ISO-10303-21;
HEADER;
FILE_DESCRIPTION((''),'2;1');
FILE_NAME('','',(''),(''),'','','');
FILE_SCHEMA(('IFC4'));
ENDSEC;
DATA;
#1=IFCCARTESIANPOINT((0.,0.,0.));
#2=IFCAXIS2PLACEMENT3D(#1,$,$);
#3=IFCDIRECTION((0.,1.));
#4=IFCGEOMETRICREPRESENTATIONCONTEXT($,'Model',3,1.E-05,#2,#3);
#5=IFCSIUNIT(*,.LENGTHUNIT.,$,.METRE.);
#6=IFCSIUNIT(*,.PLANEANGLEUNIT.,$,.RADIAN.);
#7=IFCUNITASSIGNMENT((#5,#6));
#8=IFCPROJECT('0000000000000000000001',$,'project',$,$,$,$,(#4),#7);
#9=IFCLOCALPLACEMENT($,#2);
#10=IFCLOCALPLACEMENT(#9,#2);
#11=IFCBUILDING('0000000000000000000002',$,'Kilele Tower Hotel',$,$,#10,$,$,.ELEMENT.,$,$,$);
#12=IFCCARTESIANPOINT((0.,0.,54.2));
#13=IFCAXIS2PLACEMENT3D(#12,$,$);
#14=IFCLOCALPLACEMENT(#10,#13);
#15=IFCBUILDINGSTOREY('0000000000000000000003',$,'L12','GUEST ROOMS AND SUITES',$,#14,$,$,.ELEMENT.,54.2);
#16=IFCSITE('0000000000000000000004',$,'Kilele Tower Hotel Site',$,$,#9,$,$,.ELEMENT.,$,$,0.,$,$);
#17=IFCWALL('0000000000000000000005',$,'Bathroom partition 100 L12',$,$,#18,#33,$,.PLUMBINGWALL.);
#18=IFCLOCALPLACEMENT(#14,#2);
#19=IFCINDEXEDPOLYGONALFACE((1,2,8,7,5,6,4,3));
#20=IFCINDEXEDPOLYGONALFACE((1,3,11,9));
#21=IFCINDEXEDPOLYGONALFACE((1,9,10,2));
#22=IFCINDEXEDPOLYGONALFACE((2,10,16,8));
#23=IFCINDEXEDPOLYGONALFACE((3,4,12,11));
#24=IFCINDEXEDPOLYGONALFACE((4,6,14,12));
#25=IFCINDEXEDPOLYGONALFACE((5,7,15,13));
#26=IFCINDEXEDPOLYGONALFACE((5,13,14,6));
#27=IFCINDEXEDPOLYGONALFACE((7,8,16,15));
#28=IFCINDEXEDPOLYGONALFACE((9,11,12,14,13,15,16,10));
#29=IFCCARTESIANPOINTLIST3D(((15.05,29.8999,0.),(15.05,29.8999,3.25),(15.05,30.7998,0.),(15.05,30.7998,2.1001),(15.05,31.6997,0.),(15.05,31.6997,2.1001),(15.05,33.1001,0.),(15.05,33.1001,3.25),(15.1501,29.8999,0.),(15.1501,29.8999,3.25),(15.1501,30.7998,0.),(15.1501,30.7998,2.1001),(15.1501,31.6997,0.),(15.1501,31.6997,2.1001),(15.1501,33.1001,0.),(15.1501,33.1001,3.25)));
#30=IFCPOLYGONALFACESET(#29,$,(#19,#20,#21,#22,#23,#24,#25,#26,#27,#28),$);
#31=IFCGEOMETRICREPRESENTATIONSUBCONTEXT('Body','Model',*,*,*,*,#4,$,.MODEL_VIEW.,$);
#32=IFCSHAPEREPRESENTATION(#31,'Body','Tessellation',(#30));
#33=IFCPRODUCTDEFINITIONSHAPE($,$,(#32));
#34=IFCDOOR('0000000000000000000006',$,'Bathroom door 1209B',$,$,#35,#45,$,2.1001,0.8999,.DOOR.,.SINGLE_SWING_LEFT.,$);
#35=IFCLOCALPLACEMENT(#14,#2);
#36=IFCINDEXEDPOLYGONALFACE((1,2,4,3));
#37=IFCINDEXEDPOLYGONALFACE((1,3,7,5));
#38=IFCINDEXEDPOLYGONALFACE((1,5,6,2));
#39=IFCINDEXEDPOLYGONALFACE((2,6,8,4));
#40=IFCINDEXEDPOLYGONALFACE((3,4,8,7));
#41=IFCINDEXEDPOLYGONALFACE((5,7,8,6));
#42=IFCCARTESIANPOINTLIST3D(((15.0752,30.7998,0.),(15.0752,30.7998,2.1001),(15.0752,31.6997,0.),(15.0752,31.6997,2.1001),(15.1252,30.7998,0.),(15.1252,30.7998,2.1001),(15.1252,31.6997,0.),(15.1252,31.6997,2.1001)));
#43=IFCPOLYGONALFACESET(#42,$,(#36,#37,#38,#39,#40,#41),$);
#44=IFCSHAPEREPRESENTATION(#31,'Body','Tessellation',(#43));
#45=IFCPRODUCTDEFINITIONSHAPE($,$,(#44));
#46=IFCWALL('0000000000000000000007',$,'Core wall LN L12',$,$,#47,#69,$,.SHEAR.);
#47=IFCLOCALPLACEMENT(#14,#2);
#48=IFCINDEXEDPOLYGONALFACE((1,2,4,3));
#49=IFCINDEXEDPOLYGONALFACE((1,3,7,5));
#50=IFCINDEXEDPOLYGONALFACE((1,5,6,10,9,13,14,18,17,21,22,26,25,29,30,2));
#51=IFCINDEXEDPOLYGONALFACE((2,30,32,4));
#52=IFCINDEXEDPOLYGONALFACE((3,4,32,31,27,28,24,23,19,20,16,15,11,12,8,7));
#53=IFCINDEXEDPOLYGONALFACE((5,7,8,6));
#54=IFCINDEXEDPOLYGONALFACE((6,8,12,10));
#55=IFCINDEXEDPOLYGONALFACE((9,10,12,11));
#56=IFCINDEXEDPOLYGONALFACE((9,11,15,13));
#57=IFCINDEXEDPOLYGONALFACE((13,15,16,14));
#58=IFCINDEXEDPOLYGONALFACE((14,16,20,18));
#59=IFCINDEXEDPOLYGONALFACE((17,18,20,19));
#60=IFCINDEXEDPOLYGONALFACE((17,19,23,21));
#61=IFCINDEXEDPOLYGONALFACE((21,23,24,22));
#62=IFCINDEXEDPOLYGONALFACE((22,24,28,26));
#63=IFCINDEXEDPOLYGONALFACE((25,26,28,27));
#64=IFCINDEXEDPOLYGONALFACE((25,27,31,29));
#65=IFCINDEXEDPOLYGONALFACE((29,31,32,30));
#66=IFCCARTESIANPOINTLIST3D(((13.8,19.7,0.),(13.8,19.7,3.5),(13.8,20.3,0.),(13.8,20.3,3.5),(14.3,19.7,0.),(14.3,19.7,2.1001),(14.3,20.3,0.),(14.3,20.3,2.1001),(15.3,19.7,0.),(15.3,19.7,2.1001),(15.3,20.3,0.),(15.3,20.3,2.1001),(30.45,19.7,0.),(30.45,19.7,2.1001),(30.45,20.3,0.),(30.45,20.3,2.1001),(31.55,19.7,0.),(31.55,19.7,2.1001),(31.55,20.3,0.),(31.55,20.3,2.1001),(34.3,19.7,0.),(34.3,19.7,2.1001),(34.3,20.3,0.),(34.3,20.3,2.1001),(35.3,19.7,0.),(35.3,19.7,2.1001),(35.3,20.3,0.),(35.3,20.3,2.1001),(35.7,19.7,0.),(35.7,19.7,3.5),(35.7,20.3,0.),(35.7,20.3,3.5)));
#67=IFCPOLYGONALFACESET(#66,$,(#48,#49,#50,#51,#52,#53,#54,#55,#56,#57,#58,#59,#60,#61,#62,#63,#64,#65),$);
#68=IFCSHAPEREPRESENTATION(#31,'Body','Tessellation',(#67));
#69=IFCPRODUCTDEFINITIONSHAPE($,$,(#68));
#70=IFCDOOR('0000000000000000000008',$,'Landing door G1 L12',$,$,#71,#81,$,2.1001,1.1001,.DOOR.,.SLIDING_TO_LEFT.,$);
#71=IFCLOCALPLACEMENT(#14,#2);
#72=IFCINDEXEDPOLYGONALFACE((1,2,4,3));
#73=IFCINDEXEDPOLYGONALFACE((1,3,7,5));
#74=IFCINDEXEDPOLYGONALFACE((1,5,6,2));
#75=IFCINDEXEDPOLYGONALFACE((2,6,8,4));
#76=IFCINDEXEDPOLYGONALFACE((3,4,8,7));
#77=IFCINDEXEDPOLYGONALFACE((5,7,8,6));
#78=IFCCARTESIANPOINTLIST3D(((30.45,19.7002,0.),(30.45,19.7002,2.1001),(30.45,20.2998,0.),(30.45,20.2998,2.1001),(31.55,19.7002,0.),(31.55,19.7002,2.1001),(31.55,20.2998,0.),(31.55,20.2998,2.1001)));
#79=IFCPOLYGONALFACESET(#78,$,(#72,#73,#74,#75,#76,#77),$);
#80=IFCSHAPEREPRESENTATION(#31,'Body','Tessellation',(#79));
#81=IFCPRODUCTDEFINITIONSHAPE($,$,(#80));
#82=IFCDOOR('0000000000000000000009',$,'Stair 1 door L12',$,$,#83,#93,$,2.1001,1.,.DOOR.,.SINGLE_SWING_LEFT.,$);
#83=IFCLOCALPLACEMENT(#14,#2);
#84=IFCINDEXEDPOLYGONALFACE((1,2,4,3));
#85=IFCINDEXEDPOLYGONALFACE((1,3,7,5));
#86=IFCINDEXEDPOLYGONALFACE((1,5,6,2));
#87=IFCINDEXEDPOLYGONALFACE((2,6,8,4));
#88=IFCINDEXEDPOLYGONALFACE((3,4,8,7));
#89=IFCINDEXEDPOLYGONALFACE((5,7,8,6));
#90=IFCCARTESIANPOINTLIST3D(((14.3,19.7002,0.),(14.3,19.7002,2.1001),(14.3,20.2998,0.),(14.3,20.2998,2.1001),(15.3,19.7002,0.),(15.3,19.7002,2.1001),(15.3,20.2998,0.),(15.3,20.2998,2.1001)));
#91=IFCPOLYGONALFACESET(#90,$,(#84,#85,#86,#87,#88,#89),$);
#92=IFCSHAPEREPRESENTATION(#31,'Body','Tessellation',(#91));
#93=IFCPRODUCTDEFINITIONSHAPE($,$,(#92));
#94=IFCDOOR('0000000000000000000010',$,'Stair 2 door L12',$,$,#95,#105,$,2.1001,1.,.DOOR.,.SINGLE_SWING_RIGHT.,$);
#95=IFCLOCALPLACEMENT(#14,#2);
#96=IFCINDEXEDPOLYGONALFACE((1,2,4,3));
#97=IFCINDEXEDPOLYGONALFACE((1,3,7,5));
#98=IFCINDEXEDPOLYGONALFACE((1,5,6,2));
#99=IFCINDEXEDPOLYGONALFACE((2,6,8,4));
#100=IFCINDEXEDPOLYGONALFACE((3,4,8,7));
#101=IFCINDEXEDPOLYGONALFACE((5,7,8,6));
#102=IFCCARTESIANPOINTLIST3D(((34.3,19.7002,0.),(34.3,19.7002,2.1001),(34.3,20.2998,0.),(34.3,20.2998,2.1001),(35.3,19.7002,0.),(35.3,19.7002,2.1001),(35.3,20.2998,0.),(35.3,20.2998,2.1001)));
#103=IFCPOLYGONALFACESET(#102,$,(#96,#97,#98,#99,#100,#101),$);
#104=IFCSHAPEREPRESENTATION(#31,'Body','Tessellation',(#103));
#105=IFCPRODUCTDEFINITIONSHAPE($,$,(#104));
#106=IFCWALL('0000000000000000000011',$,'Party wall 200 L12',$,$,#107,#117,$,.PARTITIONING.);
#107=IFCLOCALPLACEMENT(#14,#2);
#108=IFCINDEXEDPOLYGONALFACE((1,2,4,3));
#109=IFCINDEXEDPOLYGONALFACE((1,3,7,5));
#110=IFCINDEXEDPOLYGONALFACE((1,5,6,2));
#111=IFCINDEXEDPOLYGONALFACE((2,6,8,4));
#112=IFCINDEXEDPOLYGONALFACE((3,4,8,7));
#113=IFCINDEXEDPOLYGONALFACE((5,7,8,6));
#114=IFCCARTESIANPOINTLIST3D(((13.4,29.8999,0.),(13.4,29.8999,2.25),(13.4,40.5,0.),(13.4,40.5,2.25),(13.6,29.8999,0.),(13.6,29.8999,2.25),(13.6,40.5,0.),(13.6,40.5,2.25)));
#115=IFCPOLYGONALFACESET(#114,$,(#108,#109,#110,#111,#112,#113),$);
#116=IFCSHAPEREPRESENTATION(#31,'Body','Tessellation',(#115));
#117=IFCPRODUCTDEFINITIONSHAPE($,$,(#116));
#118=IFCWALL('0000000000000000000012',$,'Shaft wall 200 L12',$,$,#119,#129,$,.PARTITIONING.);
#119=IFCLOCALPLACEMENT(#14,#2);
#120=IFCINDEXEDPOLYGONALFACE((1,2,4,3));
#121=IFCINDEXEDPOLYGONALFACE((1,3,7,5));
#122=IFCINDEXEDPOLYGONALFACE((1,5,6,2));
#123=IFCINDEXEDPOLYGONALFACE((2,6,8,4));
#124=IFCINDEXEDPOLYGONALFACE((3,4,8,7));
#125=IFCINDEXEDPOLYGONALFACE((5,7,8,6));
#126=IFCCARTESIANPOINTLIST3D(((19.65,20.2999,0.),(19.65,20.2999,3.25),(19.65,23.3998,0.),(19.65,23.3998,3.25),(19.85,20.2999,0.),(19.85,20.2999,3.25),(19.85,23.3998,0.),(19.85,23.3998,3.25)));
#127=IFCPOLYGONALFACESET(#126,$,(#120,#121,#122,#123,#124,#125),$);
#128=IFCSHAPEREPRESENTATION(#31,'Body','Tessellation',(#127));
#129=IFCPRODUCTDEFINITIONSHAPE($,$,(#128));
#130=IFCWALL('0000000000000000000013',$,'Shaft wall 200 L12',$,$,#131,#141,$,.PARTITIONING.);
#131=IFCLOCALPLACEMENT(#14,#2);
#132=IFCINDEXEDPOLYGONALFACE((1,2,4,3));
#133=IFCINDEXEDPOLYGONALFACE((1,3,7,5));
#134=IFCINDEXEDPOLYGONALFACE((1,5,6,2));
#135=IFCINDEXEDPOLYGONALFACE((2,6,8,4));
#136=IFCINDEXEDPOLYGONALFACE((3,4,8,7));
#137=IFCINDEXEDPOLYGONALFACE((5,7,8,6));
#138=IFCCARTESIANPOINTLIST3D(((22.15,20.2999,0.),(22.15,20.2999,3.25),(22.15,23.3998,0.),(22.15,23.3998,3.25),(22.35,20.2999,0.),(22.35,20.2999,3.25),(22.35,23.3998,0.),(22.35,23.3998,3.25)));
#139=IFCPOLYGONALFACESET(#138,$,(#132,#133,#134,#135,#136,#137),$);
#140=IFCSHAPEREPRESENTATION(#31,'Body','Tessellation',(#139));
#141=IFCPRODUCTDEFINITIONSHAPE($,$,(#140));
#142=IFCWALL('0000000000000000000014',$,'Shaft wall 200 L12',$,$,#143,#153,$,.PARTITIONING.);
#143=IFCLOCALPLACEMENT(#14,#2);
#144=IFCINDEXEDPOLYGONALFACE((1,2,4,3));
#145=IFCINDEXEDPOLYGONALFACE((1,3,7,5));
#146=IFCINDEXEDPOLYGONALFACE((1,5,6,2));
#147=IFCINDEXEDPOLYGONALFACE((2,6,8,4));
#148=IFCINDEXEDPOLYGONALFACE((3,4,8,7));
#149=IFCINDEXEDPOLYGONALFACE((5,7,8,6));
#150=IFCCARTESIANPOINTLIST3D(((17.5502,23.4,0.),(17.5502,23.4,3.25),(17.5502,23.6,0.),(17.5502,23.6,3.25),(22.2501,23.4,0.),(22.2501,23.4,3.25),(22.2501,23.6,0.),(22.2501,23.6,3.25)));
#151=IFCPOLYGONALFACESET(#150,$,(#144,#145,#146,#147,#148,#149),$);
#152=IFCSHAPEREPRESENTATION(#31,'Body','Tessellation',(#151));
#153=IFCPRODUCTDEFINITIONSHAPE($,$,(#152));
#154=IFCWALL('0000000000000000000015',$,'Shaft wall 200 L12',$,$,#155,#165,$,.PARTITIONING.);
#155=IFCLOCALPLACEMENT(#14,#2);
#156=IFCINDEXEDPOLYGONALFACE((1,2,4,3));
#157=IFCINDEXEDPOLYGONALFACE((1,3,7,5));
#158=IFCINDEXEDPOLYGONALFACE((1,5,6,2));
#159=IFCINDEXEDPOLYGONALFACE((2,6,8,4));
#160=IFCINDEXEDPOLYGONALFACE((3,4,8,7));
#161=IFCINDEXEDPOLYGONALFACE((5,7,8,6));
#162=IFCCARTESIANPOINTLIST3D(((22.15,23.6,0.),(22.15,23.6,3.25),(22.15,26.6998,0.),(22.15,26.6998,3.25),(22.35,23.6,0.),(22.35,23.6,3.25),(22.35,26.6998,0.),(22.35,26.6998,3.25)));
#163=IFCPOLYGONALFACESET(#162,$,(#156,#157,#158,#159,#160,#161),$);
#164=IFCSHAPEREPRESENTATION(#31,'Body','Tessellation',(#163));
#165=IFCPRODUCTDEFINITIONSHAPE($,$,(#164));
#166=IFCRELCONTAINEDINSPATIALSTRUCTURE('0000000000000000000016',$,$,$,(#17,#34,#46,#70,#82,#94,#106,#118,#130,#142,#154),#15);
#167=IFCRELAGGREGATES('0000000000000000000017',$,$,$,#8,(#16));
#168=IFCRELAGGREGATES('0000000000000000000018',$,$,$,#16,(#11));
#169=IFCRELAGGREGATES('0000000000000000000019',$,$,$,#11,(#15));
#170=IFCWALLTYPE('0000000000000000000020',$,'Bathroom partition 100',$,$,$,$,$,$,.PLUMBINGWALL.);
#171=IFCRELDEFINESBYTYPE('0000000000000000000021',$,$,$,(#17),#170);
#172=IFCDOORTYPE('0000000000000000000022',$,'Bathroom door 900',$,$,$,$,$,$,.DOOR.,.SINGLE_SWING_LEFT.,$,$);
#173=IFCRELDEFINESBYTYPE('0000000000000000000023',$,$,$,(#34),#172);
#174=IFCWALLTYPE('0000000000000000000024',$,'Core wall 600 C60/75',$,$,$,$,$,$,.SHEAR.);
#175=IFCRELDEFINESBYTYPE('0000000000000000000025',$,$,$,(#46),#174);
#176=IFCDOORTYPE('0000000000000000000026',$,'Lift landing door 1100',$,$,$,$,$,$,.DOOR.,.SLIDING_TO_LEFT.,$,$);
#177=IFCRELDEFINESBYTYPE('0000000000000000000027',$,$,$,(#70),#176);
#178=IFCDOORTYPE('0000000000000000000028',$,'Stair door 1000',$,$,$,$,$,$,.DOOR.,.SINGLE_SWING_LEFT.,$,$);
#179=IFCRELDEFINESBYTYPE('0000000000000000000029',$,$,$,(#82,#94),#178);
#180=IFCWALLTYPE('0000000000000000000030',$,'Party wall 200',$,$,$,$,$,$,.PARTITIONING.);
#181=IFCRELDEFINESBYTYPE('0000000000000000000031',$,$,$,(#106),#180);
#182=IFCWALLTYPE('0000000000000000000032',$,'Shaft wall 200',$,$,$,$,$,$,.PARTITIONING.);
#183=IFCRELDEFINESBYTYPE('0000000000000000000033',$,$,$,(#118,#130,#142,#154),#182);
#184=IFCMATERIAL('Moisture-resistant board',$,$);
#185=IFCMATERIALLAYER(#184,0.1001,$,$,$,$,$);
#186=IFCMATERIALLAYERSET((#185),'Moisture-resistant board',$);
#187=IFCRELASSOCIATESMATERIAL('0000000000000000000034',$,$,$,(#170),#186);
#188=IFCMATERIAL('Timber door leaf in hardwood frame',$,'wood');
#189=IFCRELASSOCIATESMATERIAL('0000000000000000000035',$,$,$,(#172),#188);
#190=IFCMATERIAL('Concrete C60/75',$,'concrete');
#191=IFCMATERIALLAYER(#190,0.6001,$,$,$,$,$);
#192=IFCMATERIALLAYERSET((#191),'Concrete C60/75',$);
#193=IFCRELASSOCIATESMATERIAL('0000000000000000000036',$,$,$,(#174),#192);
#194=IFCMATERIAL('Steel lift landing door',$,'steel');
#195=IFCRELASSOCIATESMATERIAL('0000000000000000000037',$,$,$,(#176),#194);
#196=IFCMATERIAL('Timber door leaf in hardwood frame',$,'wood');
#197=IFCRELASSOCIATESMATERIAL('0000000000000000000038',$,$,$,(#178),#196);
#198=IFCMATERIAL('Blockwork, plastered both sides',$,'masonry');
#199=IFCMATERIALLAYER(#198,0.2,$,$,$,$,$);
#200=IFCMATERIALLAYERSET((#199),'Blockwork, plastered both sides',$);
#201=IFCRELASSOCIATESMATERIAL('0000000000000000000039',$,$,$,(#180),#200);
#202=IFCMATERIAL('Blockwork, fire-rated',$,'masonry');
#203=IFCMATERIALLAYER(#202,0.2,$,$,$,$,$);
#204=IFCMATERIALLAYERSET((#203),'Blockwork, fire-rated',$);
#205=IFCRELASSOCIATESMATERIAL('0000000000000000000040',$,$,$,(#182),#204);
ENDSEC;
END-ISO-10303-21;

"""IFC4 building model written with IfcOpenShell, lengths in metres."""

from ifc_helpers import new_model, si_unit, direction, frame, frame_2d, origin, place, context, subcontext, project, spatial, rectangle, extrude, material, layer, layer_set, type_object, element, fill, save


model = new_model("IFC4")

# Units and contexts
model_context = context("Model", 3, precision=1e-05, world=origin(), true_north=direction((0.0, 1.0)))
body_context = subcontext(model_context, "Body", "Model", "MODEL_VIEW")
ifc_project = project(units=[si_unit("LENGTHUNIT", "METRE"), si_unit("PLANEANGLEUNIT", "RADIAN")], contexts=[model_context])

# Site, building, storey
site_placement = place(None, origin())
site = spatial("IfcSite", under=ifc_project, at=site_placement, Name="Kilele Tower Hotel Site", CompositionType="ELEMENT", RefElevation=0.0)
building_placement = place(site_placement, origin())
building = spatial("IfcBuilding", under=site, at=building_placement, Name="Kilele Tower Hotel", CompositionType="ELEMENT")
storey_placement = place(building_placement, frame((0.0, 0.0, 54.2)))
storey = spatial("IfcBuildingStorey", under=building, at=storey_placement, Name="L12", Description="GUEST ROOMS AND SUITES", CompositionType="ELEMENT", Elevation=54.2)

# Wall, opening, door
ifc_material_1 = material(Name="Moisture-resistant board")
ifc_layer_1 = layer(ifc_material_1, 0.1001)
ifc_layer_set_1 = layer_set([ifc_layer_1], Name="Moisture-resistant board")
wall_type_1 = type_object("IfcWallType", Name="Bathroom partition 100", PredefinedType="PLUMBINGWALL", material=ifc_layer_set_1)
wall_1_placement = place(storey_placement, frame((15.1001, 29.8999, 0.0), z_axis=(0.0, 0.0, 1.0), x_axis=(0.0, 1.0, 0.0)))
wall_1 = element("IfcWall", 1, at=wall_1_placement, inside=storey, type_object=wall_type_1, Name="Bathroom partition 100 L12", PredefinedType="PLUMBINGWALL", context=body_context, shape_type="SweptSolid", body=[
    extrude(rectangle(XDim=3.2002, YDim=0.1001, at=frame_2d((1.6001, 0.0))), origin(), (0.0, 0.0, 1.0), 3.25),
])
opening_1_placement = place(wall_1_placement, frame((0.8999, 0.0, 0.0)))
opening_1 = element("IfcOpeningElement", 2, at=opening_1_placement, cuts=wall_1, PredefinedType="OPENING", context=body_context, shape_type="SweptSolid", body=[
    extrude(rectangle(XDim=0.8999, YDim=2.1001, at=frame_2d((0.45, 1.05))), frame((0.0, 0.0601, 0.0), z_axis=(0.0, -1.0, 0.0), x_axis=(1.0, 0.0, 0.0)), (0.0, 0.0, 1.0), 0.1201),
])
ifc_material_2 = material(Name="Timber door leaf in hardwood frame", Category="wood")
door_type_1 = type_object("IfcDoorType", Name="Bathroom door 900", OperationType="SINGLE_SWING_LEFT", PredefinedType="DOOR", material=ifc_material_2)
door_1_placement = place(opening_1_placement, origin())
door_1 = element("IfcDoor", 3, at=door_1_placement, inside=storey, type_object=door_type_1, Name="Bathroom door 1209B", OperationType="SINGLE_SWING_LEFT", OverallHeight=2.1001, OverallWidth=0.8999, PredefinedType="DOOR", context=body_context, shape_type="SweptSolid", body=[
    extrude(rectangle(XDim=0.8999, YDim=2.1001, at=frame_2d((0.45, 1.05))), frame((0.0, 0.0249, 0.0), z_axis=(0.0, -1.0, 0.0), x_axis=(1.0, 0.0, 0.0)), (0.0, 0.0, 1.0), 0.05),
])
fill(opening_1, door_1)

# Wall, openings, doors
ifc_material_3 = material(Name="Concrete C60/75", Category="concrete")
ifc_layer_2 = layer(ifc_material_3, 0.6001)
ifc_layer_set_2 = layer_set([ifc_layer_2], Name="Concrete C60/75")
wall_type_2 = type_object("IfcWallType", Name="Core wall 600 C60/75", PredefinedType="SHEAR", material=ifc_layer_set_2)
wall_2_placement = place(storey_placement, frame((13.8, 20.0, 0.0), z_axis=(0.0, 0.0, 1.0), x_axis=(1.0, 0.0, 0.0)))
wall_2 = element("IfcWall", 4, at=wall_2_placement, inside=storey, type_object=wall_type_2, Name="Core wall LN L12", PredefinedType="SHEAR", context=body_context, shape_type="SweptSolid", body=[
    extrude(rectangle(XDim=21.8999, YDim=0.6001, at=frame_2d((10.95, 0.0))), origin(), (0.0, 0.0, 1.0), 3.5),
])
opening_2_placement = place(wall_2_placement, frame((0.5, 0.0, 0.0)))
opening_2 = element("IfcOpeningElement", 5, at=opening_2_placement, cuts=wall_2, PredefinedType="OPENING", context=body_context, shape_type="SweptSolid", body=[
    extrude(rectangle(XDim=1.0, YDim=2.1001, at=frame_2d((0.5, 1.05))), frame((0.0, 0.3101, 0.0), z_axis=(0.0, -1.0, 0.0), x_axis=(1.0, 0.0, 0.0)), (0.0, 0.0, 1.0), 0.6201),
])
opening_3_placement = place(wall_2_placement, frame((20.5, 0.0, 0.0)))
opening_3 = element("IfcOpeningElement", 6, at=opening_3_placement, cuts=wall_2, PredefinedType="OPENING", context=body_context, shape_type="SweptSolid", body=[
    extrude(rectangle(XDim=1.0, YDim=2.1001, at=frame_2d((0.5, 1.05))), frame((0.0, 0.3101, 0.0), z_axis=(0.0, -1.0, 0.0), x_axis=(1.0, 0.0, 0.0)), (0.0, 0.0, 1.0), 0.6201),
])
opening_4_placement = place(wall_2_placement, frame((16.6499, 0.0, 0.0)))
opening_4 = element("IfcOpeningElement", 7, at=opening_4_placement, cuts=wall_2, PredefinedType="OPENING", context=body_context, shape_type="SweptSolid", body=[
    extrude(rectangle(XDim=1.1001, YDim=2.1001, at=frame_2d((0.55, 1.05))), frame((0.0, 0.3101, 0.0), z_axis=(0.0, -1.0, 0.0), x_axis=(1.0, 0.0, 0.0)), (0.0, 0.0, 1.0), 0.6201),
])
ifc_material_4 = material(Name="Steel lift landing door", Category="steel")
door_type_2 = type_object("IfcDoorType", Name="Lift landing door 1100", OperationType="SLIDING_TO_LEFT", PredefinedType="DOOR", material=ifc_material_4)
door_2_placement = place(opening_4_placement, origin())
door_2 = element("IfcDoor", 8, at=door_2_placement, inside=storey, type_object=door_type_2, Name="Landing door G1 L12", OperationType="SLIDING_TO_LEFT", OverallHeight=2.1001, OverallWidth=1.1001, PredefinedType="DOOR", context=body_context, shape_type="SweptSolid", body=[
    extrude(rectangle(XDim=1.1001, YDim=2.1001, at=frame_2d((0.55, 1.05))), frame((0.0, 0.2998, 0.0), z_axis=(0.0, -1.0, 0.0), x_axis=(1.0, 0.0, 0.0)), (0.0, 0.0, 1.0), 0.5996),
])
fill(opening_4, door_2)
ifc_material_5 = material(Name="Timber door leaf in hardwood frame", Category="wood")
door_type_3 = type_object("IfcDoorType", Name="Stair door 1000", OperationType="SINGLE_SWING_LEFT", PredefinedType="DOOR", material=ifc_material_5)
door_3_placement = place(opening_2_placement, origin())
door_3 = element("IfcDoor", 9, at=door_3_placement, inside=storey, type_object=door_type_3, Name="Stair 1 door L12", OperationType="SINGLE_SWING_LEFT", OverallHeight=2.1001, OverallWidth=1.0, PredefinedType="DOOR", context=body_context, shape_type="SweptSolid", body=[
    extrude(rectangle(XDim=1.0, YDim=2.1001, at=frame_2d((0.5, 1.05))), frame((0.0, 0.2998, 0.0), z_axis=(0.0, -1.0, 0.0), x_axis=(1.0, 0.0, 0.0)), (0.0, 0.0, 1.0), 0.5996),
])
fill(opening_2, door_3)
door_4_placement = place(opening_3_placement, origin())
door_4 = element("IfcDoor", 10, at=door_4_placement, inside=storey, type_object=door_type_3, Name="Stair 2 door L12", OperationType="SINGLE_SWING_RIGHT", OverallHeight=2.1001, OverallWidth=1.0, PredefinedType="DOOR", context=body_context, shape_type="SweptSolid", body=[
    extrude(rectangle(XDim=1.0, YDim=2.1001, at=frame_2d((0.5, 1.05))), frame((0.0, 0.2998, 0.0), z_axis=(0.0, -1.0, 0.0), x_axis=(1.0, 0.0, 0.0)), (0.0, 0.0, 1.0), 0.5996),
])
fill(opening_3, door_4)

# Walls
ifc_material_6 = material(Name="Blockwork, plastered both sides", Category="masonry")
ifc_layer_3 = layer(ifc_material_6, 0.2)
ifc_layer_set_3 = layer_set([ifc_layer_3], Name="Blockwork, plastered both sides")
wall_type_3 = type_object("IfcWallType", Name="Party wall 200", PredefinedType="PARTITIONING", material=ifc_layer_set_3)
wall_3_placement = place(storey_placement, frame((13.5, 29.8999, 0.0), z_axis=(0.0, 0.0, 1.0), x_axis=(0.0, 1.0, 0.0)))
element("IfcWall", 11, at=wall_3_placement, inside=storey, type_object=wall_type_3, Name="Party wall 200 L12", PredefinedType="PARTITIONING", context=body_context, shape_type="SweptSolid", body=[
    extrude(rectangle(XDim=10.6001, YDim=0.2, at=frame_2d((5.3, 0.0))), origin(), (0.0, 0.0, 1.0), 2.25),
])
ifc_material_7 = material(Name="Blockwork, fire-rated", Category="masonry")
ifc_layer_4 = layer(ifc_material_7, 0.2)
ifc_layer_set_4 = layer_set([ifc_layer_4], Name="Blockwork, fire-rated")
wall_type_4 = type_object("IfcWallType", Name="Shaft wall 200", PredefinedType="PARTITIONING", material=ifc_layer_set_4)
for number, where, z_axis, x_axis, name in (
    (12, (19.75, 20.3, 0.0), (0.0, 0.0, 1.0), (0.0, 1.0, 0.0), "Shaft wall 200 L12"),
    (13, (22.25, 20.3, 0.0), (0.0, 0.0, 1.0), (0.0, 1.0, 0.0), "Shaft wall 200 L12"),
):
    element("IfcWall", number, at=place(storey_placement, frame(where, z_axis=z_axis, x_axis=x_axis)), inside=storey, type_object=wall_type_4, Name=name, PredefinedType="PARTITIONING", context=body_context, shape_type="SweptSolid", body=[
        extrude(rectangle(XDim=3.0999, YDim=0.2, at=frame_2d((1.5498, 0.0))), origin(), (0.0, 0.0, 1.0), 3.25),
    ])
wall_4_placement = place(storey_placement, frame((17.55, 23.5, 0.0), z_axis=(0.0, 0.0, 1.0), x_axis=(1.0, 0.0, 0.0)))
element("IfcWall", 14, at=wall_4_placement, inside=storey, type_object=wall_type_4, Name="Shaft wall 200 L12", PredefinedType="PARTITIONING", context=body_context, shape_type="SweptSolid", body=[
    extrude(rectangle(XDim=4.7, YDim=0.2, at=frame_2d((2.3501, 0.0))), origin(), (0.0, 0.0, 1.0), 3.25),
])
wall_5_placement = place(storey_placement, frame((22.25, 23.6001, 0.0), z_axis=(0.0, 0.0, 1.0), x_axis=(0.0, 1.0, 0.0)))
element("IfcWall", 15, at=wall_5_placement, inside=storey, type_object=wall_type_4, Name="Shaft wall 200 L12", PredefinedType="PARTITIONING", context=body_context, shape_type="SweptSolid", body=[
    extrude(rectangle(XDim=3.0999, YDim=0.2, at=frame_2d((1.5498, 0.0))), origin(), (0.0, 0.0, 1.0), 3.25),
])

save(model, "model.ifc")
